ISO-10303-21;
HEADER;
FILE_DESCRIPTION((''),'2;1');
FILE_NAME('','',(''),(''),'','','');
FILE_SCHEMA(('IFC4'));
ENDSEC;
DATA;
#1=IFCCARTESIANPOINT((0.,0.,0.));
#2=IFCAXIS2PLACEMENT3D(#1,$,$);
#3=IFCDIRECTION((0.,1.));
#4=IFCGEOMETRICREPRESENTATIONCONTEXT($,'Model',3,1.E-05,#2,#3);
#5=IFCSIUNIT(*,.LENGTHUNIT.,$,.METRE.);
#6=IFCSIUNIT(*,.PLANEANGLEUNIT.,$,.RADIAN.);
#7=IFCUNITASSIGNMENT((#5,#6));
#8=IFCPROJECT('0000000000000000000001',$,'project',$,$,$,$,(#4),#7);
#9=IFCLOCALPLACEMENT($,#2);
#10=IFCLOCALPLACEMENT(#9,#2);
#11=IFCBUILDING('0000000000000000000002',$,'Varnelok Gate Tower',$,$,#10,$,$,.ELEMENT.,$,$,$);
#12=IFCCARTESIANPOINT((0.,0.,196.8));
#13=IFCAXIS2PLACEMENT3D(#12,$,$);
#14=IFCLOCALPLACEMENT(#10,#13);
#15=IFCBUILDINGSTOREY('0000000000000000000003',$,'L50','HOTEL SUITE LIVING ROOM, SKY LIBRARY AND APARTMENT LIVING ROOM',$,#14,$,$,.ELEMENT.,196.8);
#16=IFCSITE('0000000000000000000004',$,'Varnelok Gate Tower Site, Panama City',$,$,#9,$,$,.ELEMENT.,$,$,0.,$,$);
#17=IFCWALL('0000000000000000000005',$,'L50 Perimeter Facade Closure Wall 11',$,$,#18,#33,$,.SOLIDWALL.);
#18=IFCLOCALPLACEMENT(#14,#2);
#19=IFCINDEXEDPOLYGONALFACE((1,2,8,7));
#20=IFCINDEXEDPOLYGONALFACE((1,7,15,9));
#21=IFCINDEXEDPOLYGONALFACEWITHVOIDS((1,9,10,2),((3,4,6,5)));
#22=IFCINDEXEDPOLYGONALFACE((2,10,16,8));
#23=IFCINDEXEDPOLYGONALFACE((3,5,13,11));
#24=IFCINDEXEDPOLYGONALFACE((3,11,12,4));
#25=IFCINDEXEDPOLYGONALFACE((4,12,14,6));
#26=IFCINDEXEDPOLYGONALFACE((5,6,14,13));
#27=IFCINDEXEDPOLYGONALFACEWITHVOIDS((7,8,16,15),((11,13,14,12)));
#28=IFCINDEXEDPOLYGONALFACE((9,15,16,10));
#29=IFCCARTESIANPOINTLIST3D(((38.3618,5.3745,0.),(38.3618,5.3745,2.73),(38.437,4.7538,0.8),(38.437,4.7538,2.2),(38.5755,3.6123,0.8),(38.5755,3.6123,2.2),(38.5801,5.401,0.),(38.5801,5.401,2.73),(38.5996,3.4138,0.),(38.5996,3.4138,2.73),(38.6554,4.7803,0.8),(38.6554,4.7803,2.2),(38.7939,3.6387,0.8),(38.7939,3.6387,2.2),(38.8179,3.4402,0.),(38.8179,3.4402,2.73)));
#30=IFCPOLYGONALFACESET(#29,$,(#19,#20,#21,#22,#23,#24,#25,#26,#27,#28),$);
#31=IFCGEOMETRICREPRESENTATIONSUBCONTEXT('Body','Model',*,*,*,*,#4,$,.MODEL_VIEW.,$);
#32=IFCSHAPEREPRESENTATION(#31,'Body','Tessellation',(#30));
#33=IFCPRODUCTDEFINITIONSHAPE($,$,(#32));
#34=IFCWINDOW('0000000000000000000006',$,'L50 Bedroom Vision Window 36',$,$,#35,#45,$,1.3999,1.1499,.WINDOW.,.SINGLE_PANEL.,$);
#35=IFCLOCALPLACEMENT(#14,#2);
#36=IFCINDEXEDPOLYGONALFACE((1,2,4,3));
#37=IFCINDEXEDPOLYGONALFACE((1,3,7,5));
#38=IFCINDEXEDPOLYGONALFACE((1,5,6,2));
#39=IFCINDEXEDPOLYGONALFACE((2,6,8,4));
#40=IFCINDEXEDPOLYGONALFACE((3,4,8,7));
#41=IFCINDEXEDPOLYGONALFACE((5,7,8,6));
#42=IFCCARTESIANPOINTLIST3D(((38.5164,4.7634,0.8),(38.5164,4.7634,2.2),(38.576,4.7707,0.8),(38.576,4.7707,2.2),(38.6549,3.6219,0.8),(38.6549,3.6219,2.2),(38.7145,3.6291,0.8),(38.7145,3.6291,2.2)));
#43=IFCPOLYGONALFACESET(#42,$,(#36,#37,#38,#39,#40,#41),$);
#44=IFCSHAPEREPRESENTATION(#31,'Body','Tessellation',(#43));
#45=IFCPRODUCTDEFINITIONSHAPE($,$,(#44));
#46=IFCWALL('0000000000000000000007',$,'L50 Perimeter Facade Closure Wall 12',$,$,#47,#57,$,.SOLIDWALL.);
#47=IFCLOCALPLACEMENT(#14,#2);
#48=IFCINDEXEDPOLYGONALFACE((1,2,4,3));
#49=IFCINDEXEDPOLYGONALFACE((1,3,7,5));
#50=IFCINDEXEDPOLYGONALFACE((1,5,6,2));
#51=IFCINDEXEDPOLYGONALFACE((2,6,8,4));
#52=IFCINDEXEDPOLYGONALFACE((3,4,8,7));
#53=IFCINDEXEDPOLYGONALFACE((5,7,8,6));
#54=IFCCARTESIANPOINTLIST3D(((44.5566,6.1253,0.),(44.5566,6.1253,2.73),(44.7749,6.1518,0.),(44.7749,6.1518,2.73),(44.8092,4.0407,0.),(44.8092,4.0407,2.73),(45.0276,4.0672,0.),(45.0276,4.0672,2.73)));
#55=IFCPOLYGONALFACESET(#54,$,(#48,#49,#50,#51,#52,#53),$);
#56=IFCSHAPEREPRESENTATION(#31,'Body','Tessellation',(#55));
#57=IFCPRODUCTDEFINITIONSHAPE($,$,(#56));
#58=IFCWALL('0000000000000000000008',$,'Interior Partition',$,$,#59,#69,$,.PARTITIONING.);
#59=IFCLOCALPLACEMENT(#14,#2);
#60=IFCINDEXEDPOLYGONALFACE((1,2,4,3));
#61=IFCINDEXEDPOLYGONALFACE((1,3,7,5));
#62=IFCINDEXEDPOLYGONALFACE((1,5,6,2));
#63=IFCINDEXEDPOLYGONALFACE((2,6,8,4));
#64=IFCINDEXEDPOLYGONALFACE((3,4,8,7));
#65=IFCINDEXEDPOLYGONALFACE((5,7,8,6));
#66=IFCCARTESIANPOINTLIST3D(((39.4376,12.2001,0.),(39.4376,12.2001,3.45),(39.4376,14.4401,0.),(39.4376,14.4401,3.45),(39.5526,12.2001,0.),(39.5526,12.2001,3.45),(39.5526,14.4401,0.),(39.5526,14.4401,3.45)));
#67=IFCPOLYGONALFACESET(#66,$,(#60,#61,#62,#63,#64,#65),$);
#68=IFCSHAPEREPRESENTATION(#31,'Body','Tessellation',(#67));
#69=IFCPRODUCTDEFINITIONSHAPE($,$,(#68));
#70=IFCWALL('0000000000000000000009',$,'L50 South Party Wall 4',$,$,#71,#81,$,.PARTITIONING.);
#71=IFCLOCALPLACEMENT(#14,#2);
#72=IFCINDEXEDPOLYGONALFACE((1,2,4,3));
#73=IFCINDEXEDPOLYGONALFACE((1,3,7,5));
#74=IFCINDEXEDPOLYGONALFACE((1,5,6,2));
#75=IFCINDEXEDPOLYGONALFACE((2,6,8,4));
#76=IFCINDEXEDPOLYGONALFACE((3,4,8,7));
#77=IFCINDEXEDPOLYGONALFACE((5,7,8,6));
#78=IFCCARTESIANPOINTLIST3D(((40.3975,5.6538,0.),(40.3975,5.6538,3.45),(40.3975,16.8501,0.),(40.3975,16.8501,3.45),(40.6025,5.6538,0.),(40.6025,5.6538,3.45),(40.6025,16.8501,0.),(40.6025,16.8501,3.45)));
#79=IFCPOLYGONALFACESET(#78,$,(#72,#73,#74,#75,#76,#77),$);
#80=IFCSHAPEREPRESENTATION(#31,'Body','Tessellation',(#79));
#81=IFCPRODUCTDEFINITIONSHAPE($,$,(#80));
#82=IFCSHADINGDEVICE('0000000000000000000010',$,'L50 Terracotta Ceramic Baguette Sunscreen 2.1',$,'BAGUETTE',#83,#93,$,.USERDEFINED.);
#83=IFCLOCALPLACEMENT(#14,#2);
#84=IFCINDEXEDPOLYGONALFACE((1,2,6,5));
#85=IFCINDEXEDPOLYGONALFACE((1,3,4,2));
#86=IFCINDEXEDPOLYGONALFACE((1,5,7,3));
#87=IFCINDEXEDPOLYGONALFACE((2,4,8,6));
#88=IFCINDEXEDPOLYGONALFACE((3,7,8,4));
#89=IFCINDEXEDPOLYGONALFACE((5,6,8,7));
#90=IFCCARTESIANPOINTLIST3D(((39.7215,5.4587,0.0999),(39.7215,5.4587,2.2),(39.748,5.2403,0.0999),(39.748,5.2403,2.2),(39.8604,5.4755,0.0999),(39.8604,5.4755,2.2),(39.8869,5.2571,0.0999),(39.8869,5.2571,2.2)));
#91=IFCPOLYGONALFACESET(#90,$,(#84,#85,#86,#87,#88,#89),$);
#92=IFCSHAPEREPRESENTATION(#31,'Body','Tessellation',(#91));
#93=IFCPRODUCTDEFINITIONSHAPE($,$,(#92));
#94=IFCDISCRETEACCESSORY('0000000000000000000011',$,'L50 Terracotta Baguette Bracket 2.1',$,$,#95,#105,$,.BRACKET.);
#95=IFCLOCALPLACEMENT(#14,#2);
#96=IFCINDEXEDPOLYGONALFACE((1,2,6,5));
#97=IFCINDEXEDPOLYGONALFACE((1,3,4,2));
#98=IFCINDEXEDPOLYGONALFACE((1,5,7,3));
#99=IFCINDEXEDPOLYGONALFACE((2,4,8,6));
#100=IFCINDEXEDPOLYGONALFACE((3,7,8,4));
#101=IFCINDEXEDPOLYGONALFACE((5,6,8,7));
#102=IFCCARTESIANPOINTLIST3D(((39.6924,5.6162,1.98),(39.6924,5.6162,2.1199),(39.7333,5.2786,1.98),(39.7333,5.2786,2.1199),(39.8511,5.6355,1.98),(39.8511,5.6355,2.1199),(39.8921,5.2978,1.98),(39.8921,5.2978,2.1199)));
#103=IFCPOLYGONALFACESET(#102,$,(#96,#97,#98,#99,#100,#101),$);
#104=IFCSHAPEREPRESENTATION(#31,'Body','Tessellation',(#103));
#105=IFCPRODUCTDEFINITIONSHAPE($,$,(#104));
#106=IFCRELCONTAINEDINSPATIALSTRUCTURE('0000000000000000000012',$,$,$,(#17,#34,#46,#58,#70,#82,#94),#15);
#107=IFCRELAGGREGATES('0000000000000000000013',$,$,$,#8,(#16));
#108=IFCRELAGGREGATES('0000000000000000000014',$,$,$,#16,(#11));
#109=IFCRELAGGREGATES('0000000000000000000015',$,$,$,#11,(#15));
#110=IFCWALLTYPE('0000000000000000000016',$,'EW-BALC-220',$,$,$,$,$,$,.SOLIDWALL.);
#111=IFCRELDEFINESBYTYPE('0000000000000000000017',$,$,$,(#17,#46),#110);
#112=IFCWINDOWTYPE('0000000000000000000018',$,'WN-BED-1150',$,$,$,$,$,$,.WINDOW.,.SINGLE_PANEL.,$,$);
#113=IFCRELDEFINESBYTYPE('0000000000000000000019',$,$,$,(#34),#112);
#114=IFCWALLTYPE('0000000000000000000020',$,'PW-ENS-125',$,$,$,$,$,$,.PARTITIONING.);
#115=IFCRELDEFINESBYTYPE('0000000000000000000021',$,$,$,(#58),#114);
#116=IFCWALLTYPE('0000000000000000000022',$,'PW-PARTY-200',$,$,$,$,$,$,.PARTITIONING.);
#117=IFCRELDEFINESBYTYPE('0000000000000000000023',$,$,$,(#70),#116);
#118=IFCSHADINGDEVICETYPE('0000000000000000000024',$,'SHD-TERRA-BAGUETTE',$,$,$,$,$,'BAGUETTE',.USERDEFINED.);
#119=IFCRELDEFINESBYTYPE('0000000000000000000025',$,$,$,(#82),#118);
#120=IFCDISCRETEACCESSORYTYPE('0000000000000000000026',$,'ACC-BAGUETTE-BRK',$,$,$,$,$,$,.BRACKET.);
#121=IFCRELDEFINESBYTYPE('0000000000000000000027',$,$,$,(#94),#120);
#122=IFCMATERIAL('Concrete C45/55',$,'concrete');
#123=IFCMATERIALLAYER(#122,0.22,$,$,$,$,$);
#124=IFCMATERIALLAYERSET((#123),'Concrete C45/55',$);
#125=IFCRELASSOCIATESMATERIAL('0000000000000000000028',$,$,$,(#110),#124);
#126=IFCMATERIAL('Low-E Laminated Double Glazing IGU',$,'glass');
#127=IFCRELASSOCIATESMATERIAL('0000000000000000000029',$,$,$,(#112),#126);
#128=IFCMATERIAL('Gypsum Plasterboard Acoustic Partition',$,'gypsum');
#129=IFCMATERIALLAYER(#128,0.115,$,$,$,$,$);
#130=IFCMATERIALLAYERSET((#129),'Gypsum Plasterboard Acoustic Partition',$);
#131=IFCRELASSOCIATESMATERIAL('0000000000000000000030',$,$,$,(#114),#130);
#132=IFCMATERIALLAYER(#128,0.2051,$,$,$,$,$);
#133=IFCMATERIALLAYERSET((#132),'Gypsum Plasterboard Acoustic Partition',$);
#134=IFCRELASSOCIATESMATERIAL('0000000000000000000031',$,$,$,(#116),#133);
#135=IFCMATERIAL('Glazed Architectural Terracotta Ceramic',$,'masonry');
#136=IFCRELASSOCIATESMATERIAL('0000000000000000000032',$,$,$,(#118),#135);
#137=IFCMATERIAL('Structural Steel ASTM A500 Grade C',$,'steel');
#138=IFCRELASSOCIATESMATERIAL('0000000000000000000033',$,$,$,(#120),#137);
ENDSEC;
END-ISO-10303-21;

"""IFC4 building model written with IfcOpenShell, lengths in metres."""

from ifc_helpers import new_model, si_unit, direction, frame, frame_2d, origin, origin_2d, place, context, subcontext, project, spatial, rectangle, extrude, source, transform, mapped, material, layer, layer_set, type_object, element, fill, save


model = new_model("IFC4")

# Units and contexts
model_context = context("Model", 3, precision=1e-05, world=origin(), true_north=direction((0.0, 1.0)))
body_context = subcontext(model_context, "Body", "Model", "MODEL_VIEW")
ifc_project = project(units=[si_unit("LENGTHUNIT", "METRE"), si_unit("PLANEANGLEUNIT", "RADIAN")], contexts=[model_context])

# Site, building, storey
site_placement = place(None, origin())
site = spatial("IfcSite", under=ifc_project, at=site_placement, Name="Varnelok Gate Tower Site, Panama City", CompositionType="ELEMENT", RefElevation=0.0)
building_placement = place(site_placement, origin())
building = spatial("IfcBuilding", under=site, at=building_placement, Name="Varnelok Gate Tower", CompositionType="ELEMENT")
storey_placement = place(building_placement, frame((0.0, 0.0, 196.8)))
storey = spatial("IfcBuildingStorey", under=building, at=storey_placement, Name="L50", Description="HOTEL SUITE LIVING ROOM, SKY LIBRARY AND APARTMENT LIVING ROOM", CompositionType="ELEMENT", Elevation=196.8)

# Shared definitions
ifc_material_1 = material(Name="Concrete C45/55", Category="concrete")
ifc_layer_1 = layer(ifc_material_1, 0.22)
ifc_layer_set_1 = layer_set([ifc_layer_1], Name="Concrete C45/55")
wall_type_1 = type_object("IfcWallType", Name="EW-BALC-220", PredefinedType="SOLIDWALL", material=ifc_layer_set_1)

# Wall, opening, window
wall_1_placement = place(storey_placement, frame((38.7087, 3.427, 0.0), z_axis=(0.0, 0.0, 1.0), x_axis=(-0.120398, 0.992726, 0.0)))
wall_1 = element("IfcWall", 1, at=wall_1_placement, inside=storey, type_object=wall_type_1, Name="L50 Perimeter Facade Closure Wall 11", PredefinedType="SOLIDWALL", context=body_context, shape_type="SweptSolid", body=[
    extrude(rectangle(XDim=1.9751, YDim=0.22, at=frame_2d((0.9875, 0.0))), origin(), (0.0, 0.0, 1.0), 2.73),
])
opening_1_placement = place(wall_1_placement, frame((0.2, 0.0, 0.8)))
opening_1 = element("IfcOpeningElement", 2, at=opening_1_placement, cuts=wall_1, PredefinedType="OPENING", context=body_context, shape_type="SweptSolid", body=[
    extrude(rectangle(XDim=1.1499, YDim=1.3999, at=frame_2d((0.575, 0.7))), frame((0.0, 0.1199, 0.0), z_axis=(0.0, -1.0, 0.0), x_axis=(1.0, 0.0, 0.0)), (0.0, 0.0, 1.0), 0.24),
])
ifc_material_2 = material(Name="Low-E Laminated Double Glazing IGU", Category="glass")
window_type = type_object("IfcWindowType", Name="WN-BED-1150", PartitioningType="SINGLE_PANEL", PredefinedType="WINDOW", material=ifc_material_2)
window_placement = place(opening_1_placement, origin())
window = element("IfcWindow", 3, at=window_placement, inside=storey, type_object=window_type, Name="L50 Bedroom Vision Window 36", OverallHeight=1.3999, OverallWidth=1.1499, PartitioningType="SINGLE_PANEL", PredefinedType="WINDOW", context=body_context, shape_type="SweptSolid", body=[
    extrude(rectangle(XDim=1.1499, YDim=1.3999, at=frame_2d((0.575, 0.7))), frame((0.0, 0.03, 0.0), z_axis=(0.0, -1.0, 0.0), x_axis=(1.0, 0.0, 0.0)), (0.0, 0.0, 1.0), 0.0601),
])
fill(opening_1, window)

# Walls
wall_2_placement = place(storey_placement, frame((44.6658, 6.1384, 0.0), z_axis=(0.0, 0.0, 1.0), x_axis=(0.120328, -0.992734, 0.0)))
element("IfcWall", 4, at=wall_2_placement, inside=storey, type_object=wall_type_1, Name="L50 Perimeter Facade Closure Wall 12", PredefinedType="SOLIDWALL", context=body_context, shape_type="SweptSolid", body=[
    extrude(rectangle(XDim=2.0999, YDim=0.22, at=frame_2d((1.0498, 0.0))), origin(), (0.0, 0.0, 1.0), 2.73),
])
ifc_material_3 = material(Name="Gypsum Plasterboard Acoustic Partition", Category="gypsum")
ifc_layer_2 = layer(ifc_material_3, 0.115)
ifc_layer_set_2 = layer_set([ifc_layer_2], Name="Gypsum Plasterboard Acoustic Partition")
wall_type_2 = type_object("IfcWallType", Name="PW-ENS-125", PredefinedType="PARTITIONING", material=ifc_layer_set_2)
wall_3_placement = place(storey_placement, frame((39.4951, 12.2, 0.0), z_axis=(0.0, 0.0, 1.0), x_axis=(0.0, 1.0, 0.0)))
element("IfcWall", 5, at=wall_3_placement, inside=storey, type_object=wall_type_2, Name="Interior Partition", PredefinedType="PARTITIONING", context=body_context, shape_type="SweptSolid", body=[
    extrude(rectangle(XDim=2.24, YDim=0.115, at=frame_2d((1.1201, 0.0))), origin(), (0.0, 0.0, 1.0), 3.45),
])
ifc_layer_3 = layer(ifc_material_3, 0.2051)
ifc_layer_set_3 = layer_set([ifc_layer_3], Name="Gypsum Plasterboard Acoustic Partition")
wall_type_3 = type_object("IfcWallType", Name="PW-PARTY-200", PredefinedType="PARTITIONING", material=ifc_layer_set_3)
wall_4_placement = place(storey_placement, frame((40.5, 5.6538, 0.0), z_axis=(0.0, 0.0, 1.0), x_axis=(0.0, 1.0, 0.0)))
element("IfcWall", 6, at=wall_4_placement, inside=storey, type_object=wall_type_3, Name="L50 South Party Wall 4", PredefinedType="PARTITIONING", context=body_context, shape_type="SweptSolid", body=[
    extrude(rectangle(XDim=11.1963, YDim=0.2051, at=frame_2d((5.5981, 0.0))), origin(), (0.0, 0.0, 1.0), 3.45),
])

# Shading device
ifc_material_4 = material(Name="Glazed Architectural Terracotta Ceramic", Category="masonry")
shading_device_type = type_object("IfcShadingDeviceType", Name="SHD-TERRA-BAGUETTE", ElementType="BAGUETTE", PredefinedType="USERDEFINED", material=ifc_material_4)
shared_shape_1 = source(origin(), body_context, "Body", "SweptSolid", [
    extrude(rectangle(XDim=0.1399, YDim=0.22, at=origin_2d()), origin(), (0.0, 0.0, 1.0), 2.1001),
])
shading_device_placement = place(storey_placement, frame((39.8042, 5.3579, 0.0999), z_axis=(0.0, 0.0, 1.0), x_axis=(0.992732, 0.120345, 0.0)))
element("IfcShadingDevice", 7, at=shading_device_placement, inside=storey, type_object=shading_device_type, Name="L50 Terracotta Ceramic Baguette Sunscreen 2.1", ObjectType="BAGUETTE", PredefinedType="USERDEFINED", context=body_context, shape_type="MappedRepresentation", body=[
    mapped(shared_shape_1, transform((0.0, 0.0, 0.0), scale=1.0)),
])

# Discrete accessory
ifc_material_5 = material(Name="Structural Steel ASTM A500 Grade C", Category="steel")
discrete_accessory_type = type_object("IfcDiscreteAccessoryType", Name="ACC-BAGUETTE-BRK", PredefinedType="BRACKET", material=ifc_material_5)
shared_shape_2 = source(origin(), body_context, "Body", "SweptSolid", [
    extrude(rectangle(XDim=0.1599, YDim=0.3401, at=origin_2d()), origin(), (0.0, 0.0, 1.0), 0.1399),
])
discrete_accessory_placement = place(storey_placement, frame((39.7922, 5.457, 1.98), z_axis=(0.0, 0.0, 1.0), x_axis=(0.992732, 0.120345, 0.0)))
element("IfcDiscreteAccessory", 8, at=discrete_accessory_placement, inside=storey, type_object=discrete_accessory_type, Name="L50 Terracotta Baguette Bracket 2.1", PredefinedType="BRACKET", context=body_context, shape_type="MappedRepresentation", body=[
    mapped(shared_shape_2, transform((0.0, 0.0, 0.0), scale=1.0)),
])

save(model, "model.ifc")
